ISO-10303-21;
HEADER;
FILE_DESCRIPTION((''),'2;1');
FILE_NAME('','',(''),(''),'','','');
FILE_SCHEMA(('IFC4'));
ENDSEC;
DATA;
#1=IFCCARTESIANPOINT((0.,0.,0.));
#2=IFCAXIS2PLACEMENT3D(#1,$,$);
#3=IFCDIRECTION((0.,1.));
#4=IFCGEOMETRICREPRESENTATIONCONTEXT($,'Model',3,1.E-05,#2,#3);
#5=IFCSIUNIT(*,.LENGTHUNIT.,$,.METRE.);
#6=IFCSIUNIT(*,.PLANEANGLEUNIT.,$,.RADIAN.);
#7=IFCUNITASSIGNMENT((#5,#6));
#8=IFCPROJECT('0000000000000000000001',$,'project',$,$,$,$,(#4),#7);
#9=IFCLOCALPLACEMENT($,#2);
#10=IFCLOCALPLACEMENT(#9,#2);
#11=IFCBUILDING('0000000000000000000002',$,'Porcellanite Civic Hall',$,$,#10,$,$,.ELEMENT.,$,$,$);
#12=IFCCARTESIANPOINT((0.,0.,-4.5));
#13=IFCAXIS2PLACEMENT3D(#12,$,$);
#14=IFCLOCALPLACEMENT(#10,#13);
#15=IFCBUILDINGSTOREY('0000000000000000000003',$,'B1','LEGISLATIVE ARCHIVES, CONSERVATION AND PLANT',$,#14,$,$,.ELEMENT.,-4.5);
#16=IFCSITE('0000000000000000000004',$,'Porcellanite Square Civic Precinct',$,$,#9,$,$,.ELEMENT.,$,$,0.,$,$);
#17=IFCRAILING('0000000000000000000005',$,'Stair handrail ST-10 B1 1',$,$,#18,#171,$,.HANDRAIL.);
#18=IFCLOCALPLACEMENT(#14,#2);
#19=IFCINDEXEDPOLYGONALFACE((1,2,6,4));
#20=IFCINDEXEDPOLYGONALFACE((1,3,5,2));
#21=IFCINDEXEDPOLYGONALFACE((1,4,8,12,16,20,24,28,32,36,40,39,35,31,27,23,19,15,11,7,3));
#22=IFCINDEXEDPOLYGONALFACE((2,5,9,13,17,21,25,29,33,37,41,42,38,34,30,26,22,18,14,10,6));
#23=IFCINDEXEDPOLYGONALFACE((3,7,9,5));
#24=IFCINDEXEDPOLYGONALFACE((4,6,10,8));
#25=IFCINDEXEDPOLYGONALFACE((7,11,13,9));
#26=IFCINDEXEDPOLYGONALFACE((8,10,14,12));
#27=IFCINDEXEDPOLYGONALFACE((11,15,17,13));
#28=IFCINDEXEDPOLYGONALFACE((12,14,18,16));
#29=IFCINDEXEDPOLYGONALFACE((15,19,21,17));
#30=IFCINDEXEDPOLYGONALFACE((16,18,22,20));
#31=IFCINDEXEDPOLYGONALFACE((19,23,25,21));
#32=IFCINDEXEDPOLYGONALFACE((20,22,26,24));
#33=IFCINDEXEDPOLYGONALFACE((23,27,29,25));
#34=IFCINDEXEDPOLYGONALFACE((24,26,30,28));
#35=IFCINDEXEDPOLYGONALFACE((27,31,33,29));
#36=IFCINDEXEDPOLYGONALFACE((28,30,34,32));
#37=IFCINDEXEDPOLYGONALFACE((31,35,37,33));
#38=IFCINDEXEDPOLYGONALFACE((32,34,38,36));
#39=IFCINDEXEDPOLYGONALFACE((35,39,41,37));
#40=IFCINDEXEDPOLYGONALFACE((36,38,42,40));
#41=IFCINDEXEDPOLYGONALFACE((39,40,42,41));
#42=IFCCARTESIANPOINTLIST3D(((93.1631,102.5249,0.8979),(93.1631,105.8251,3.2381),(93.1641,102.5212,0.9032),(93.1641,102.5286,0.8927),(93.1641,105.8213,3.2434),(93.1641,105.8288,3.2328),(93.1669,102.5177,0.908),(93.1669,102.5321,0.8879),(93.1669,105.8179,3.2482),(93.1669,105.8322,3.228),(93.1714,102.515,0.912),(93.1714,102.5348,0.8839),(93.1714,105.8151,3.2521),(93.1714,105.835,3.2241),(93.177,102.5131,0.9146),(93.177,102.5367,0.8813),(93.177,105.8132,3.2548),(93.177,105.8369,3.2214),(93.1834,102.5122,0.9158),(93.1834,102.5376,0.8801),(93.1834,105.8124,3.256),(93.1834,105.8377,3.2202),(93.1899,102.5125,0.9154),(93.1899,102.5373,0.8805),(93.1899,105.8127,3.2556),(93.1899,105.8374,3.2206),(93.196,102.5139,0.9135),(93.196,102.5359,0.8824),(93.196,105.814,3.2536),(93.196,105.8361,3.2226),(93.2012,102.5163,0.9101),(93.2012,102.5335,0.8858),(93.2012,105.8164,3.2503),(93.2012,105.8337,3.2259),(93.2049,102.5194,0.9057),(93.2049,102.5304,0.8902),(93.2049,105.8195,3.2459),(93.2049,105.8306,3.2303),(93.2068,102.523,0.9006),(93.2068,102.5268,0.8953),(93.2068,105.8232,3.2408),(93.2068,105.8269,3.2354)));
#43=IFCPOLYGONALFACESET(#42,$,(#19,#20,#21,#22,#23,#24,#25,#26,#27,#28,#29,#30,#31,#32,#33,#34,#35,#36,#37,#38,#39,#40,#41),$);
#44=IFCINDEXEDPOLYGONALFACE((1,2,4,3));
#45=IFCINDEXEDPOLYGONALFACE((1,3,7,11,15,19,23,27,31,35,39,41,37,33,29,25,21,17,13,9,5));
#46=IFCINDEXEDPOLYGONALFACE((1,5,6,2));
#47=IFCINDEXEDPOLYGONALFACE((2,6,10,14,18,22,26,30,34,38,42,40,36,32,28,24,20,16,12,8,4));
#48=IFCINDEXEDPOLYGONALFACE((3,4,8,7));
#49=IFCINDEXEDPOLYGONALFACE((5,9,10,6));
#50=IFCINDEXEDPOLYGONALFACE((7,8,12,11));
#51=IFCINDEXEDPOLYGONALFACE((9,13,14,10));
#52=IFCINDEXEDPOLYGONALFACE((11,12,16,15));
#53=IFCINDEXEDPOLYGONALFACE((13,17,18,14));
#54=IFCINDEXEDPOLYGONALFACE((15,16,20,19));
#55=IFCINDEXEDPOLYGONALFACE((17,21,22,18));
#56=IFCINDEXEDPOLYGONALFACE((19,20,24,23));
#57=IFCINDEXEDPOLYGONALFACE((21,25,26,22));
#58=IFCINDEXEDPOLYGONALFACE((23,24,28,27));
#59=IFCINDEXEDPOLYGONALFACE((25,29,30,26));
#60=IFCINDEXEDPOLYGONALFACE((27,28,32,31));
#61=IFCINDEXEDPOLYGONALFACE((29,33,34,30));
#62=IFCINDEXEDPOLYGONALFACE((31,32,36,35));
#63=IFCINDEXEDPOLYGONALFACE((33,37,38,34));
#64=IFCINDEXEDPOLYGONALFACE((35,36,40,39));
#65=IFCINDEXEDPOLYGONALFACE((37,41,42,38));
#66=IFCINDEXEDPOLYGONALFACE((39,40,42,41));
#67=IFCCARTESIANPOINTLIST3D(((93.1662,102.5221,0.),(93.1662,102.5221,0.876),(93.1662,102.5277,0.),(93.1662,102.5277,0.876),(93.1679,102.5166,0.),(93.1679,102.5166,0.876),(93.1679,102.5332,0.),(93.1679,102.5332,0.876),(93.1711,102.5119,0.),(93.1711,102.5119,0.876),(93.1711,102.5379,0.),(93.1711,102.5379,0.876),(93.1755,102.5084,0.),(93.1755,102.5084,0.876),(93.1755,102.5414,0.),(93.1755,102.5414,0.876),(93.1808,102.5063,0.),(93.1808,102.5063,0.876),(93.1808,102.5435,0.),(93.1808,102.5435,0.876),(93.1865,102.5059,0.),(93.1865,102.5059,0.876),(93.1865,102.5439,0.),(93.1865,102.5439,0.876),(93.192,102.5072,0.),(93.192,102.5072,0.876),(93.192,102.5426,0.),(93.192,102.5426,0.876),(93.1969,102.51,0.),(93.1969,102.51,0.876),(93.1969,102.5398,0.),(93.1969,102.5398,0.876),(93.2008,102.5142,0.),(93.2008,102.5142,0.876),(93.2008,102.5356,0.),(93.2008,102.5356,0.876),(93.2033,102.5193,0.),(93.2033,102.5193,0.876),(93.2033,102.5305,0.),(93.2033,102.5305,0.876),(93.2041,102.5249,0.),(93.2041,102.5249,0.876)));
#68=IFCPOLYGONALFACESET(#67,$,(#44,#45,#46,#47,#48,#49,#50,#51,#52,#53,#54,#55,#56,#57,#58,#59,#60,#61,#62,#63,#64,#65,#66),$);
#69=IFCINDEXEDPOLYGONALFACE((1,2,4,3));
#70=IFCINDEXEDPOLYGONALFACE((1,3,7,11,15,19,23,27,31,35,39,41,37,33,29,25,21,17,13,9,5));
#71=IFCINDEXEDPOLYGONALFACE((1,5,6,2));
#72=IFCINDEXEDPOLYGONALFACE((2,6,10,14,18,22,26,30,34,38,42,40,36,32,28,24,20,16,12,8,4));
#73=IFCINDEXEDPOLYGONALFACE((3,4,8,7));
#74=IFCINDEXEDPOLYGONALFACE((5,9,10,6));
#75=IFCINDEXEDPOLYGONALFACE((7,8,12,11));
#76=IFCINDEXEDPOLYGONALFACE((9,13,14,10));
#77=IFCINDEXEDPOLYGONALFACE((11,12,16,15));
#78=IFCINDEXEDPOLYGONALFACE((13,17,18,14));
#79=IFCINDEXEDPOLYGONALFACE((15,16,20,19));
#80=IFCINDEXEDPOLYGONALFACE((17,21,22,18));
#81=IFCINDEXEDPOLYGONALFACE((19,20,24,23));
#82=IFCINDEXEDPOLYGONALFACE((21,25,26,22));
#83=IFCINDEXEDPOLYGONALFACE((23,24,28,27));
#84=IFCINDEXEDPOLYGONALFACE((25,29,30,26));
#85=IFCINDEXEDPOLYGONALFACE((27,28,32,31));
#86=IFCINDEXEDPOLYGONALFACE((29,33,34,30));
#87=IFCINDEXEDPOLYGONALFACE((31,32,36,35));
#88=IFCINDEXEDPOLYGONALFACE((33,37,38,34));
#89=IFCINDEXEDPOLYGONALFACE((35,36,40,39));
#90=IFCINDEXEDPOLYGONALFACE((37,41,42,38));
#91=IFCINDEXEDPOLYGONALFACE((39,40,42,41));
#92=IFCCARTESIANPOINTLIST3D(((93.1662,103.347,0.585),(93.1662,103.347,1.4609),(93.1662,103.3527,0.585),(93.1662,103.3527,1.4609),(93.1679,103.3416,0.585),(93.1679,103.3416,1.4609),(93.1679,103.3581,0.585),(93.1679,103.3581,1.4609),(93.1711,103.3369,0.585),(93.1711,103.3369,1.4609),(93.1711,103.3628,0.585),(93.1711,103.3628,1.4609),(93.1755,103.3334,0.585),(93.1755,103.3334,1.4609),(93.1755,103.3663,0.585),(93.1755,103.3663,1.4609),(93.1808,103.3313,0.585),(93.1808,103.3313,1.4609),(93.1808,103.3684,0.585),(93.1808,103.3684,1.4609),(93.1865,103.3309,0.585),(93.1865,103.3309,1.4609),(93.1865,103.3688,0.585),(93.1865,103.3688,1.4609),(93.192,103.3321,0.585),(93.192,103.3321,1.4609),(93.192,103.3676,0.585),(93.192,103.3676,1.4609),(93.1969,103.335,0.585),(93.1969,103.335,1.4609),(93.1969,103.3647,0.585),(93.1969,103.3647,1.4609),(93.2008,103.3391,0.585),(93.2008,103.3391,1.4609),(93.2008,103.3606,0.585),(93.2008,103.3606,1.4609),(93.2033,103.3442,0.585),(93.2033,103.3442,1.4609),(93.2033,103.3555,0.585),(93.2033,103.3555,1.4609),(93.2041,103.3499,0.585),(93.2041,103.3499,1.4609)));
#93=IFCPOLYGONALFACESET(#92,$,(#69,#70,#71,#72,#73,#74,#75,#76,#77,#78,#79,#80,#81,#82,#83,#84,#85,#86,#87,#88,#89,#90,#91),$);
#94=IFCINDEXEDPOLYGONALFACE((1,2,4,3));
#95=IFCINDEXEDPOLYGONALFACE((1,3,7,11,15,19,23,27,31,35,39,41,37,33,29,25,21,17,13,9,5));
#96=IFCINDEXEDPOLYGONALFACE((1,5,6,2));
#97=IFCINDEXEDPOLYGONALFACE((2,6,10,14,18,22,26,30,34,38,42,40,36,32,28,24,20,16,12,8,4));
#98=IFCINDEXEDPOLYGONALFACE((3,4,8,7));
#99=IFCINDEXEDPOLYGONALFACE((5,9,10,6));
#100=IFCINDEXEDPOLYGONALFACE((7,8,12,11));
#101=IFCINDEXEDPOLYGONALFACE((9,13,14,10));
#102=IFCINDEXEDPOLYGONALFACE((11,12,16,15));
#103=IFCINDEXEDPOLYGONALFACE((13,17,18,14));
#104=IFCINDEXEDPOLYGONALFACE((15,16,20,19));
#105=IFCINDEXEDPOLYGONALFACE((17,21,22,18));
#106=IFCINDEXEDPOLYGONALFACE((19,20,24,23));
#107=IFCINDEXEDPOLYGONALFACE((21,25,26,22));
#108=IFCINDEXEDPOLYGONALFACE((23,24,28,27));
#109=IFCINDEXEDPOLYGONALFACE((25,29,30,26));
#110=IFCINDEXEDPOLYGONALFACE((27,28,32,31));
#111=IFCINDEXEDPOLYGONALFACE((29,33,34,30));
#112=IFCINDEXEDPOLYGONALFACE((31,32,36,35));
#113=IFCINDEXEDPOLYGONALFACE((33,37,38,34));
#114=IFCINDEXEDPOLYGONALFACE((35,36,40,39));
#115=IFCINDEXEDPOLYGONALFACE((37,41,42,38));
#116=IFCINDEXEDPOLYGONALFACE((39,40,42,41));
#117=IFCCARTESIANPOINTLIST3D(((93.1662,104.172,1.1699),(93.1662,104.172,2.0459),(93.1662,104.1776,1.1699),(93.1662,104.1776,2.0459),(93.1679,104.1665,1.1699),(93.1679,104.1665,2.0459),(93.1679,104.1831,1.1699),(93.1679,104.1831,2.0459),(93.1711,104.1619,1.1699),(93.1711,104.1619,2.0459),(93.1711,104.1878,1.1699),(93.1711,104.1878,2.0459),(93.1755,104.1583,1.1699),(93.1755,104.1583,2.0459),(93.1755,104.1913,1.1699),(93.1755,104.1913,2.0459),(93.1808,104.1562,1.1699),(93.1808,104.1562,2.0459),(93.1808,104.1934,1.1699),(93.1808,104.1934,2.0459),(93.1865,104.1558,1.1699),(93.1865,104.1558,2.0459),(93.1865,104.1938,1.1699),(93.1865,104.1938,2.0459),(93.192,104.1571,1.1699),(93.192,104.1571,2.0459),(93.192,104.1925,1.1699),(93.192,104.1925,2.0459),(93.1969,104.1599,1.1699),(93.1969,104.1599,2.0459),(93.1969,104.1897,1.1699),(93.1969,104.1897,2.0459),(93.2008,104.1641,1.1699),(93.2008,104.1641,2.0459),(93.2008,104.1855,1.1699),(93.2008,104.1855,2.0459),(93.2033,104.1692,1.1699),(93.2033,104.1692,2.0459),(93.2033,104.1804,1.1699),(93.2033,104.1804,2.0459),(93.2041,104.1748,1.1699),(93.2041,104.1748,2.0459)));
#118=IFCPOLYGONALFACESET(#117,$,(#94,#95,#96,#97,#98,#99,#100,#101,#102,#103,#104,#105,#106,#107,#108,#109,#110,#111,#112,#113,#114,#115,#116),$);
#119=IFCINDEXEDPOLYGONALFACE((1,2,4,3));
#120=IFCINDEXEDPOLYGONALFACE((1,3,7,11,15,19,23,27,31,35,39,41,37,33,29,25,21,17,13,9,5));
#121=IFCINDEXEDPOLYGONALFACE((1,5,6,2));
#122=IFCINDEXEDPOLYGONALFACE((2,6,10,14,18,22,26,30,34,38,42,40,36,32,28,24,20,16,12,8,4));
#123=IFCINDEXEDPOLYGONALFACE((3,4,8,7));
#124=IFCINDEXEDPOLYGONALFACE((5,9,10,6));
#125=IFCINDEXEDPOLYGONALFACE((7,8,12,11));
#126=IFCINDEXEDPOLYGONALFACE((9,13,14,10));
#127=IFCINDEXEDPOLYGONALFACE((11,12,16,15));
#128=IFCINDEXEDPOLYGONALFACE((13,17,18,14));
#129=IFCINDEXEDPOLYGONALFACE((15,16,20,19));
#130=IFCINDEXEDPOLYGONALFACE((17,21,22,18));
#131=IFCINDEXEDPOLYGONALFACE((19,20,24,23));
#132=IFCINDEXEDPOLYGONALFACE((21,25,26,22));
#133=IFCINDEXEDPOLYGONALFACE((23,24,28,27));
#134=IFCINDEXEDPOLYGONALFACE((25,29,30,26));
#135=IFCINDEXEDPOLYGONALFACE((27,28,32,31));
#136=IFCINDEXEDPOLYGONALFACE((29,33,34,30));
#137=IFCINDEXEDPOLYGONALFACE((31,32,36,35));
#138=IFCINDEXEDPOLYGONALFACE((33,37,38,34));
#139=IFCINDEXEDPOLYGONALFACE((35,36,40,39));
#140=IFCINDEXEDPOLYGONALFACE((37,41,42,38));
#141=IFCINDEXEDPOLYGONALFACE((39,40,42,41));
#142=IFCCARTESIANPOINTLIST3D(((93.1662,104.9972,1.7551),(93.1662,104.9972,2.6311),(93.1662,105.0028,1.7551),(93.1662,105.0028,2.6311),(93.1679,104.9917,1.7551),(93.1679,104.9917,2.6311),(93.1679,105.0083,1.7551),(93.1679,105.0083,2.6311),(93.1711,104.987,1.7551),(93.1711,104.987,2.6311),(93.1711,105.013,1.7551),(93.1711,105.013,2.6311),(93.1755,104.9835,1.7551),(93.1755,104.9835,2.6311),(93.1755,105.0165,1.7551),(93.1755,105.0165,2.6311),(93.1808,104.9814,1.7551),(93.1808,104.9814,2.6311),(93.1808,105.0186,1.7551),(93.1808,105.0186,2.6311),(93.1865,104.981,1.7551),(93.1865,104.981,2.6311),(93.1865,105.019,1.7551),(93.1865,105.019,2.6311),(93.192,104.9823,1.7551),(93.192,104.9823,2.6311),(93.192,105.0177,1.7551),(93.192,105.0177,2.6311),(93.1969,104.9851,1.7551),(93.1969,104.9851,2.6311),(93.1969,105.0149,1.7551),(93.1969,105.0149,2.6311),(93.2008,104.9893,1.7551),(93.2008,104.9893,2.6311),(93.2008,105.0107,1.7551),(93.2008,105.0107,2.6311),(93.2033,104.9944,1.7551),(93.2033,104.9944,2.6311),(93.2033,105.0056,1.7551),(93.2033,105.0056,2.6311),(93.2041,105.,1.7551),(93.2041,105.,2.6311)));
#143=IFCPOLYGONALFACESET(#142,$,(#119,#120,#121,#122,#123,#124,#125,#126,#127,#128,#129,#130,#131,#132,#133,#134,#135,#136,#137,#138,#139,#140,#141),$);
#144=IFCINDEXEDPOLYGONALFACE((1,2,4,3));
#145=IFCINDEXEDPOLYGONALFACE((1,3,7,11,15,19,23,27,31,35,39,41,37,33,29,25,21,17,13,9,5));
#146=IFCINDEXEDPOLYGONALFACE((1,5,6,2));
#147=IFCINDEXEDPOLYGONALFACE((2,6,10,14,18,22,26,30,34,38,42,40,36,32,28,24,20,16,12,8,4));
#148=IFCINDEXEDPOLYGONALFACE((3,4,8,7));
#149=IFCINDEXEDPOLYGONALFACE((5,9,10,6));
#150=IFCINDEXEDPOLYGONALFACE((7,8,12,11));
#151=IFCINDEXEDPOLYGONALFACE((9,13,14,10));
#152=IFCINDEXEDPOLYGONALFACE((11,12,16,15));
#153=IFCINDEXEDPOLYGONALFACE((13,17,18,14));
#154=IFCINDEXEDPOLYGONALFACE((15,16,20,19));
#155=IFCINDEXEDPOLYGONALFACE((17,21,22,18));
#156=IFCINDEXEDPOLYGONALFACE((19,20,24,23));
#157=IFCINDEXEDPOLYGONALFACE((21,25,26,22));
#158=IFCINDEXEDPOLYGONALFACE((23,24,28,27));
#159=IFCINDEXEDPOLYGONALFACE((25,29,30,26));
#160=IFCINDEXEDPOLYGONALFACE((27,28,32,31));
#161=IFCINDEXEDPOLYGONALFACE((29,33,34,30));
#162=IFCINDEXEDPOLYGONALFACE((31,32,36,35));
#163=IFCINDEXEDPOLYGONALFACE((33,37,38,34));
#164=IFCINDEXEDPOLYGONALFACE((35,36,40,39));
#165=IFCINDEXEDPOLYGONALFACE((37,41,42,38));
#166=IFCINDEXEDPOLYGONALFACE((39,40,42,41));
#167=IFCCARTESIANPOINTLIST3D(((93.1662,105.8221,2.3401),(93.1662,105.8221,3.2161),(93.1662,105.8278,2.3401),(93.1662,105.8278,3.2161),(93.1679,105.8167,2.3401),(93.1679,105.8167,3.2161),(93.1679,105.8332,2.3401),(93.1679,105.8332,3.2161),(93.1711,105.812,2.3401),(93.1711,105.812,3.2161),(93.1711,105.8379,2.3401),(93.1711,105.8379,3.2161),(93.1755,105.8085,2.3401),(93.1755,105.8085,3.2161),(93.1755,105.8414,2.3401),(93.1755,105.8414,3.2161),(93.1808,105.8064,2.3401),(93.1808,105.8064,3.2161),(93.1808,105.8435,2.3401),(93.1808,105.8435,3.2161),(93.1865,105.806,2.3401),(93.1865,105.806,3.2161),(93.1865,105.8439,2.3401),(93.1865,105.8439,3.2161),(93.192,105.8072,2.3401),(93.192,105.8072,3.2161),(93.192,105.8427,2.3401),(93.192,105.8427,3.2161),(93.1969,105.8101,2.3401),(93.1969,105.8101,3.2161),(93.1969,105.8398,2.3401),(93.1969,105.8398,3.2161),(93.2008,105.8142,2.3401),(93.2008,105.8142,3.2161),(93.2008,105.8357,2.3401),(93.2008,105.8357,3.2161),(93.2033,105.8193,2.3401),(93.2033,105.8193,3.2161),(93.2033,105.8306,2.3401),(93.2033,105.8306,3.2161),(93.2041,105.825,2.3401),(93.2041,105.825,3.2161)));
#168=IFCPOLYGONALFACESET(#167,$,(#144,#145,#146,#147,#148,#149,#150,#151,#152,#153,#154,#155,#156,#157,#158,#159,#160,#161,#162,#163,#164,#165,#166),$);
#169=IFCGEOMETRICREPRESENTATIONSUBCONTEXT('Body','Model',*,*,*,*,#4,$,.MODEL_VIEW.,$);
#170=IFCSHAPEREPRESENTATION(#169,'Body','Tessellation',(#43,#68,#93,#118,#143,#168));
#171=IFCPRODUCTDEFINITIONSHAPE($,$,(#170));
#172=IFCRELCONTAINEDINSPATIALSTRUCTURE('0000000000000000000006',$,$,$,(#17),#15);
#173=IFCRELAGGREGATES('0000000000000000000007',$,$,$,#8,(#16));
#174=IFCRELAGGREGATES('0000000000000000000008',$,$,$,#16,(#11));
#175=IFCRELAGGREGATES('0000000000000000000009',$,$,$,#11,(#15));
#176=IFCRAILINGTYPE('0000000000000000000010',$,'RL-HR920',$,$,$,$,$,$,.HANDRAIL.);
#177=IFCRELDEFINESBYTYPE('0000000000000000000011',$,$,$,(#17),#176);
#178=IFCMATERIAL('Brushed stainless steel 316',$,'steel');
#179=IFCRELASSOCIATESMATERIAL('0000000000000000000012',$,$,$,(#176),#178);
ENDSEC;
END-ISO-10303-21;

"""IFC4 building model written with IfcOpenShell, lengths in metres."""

from ifc_helpers import new_model, si_unit, direction, frame, origin, origin_2d, place, context, subcontext, project, spatial, circle, extrude, material, type_object, element, save


model = new_model("IFC4")

# Units and contexts
model_context = context("Model", 3, precision=1e-05, world=origin(), true_north=direction((0.0, 1.0)))
body_context = subcontext(model_context, "Body", "Model", "MODEL_VIEW")
ifc_project = project(units=[si_unit("LENGTHUNIT", "METRE"), si_unit("PLANEANGLEUNIT", "RADIAN")], contexts=[model_context])

# Site, building, storey
site_placement = place(None, origin())
site = spatial("IfcSite", under=ifc_project, at=site_placement, Name="Porcellanite Square Civic Precinct", CompositionType="ELEMENT", RefElevation=0.0)
building_placement = place(site_placement, origin())
building = spatial("IfcBuilding", under=site, at=building_placement, Name="Porcellanite Civic Hall", CompositionType="ELEMENT")
storey_placement = place(building_placement, frame((0.0, 0.0, -4.5)))
storey = spatial("IfcBuildingStorey", under=building, at=storey_placement, Name="B1", Description="LEGISLATIVE ARCHIVES, CONSERVATION AND PLANT", CompositionType="ELEMENT", Elevation=-4.5)

# Railing
ifc_material_1 = material(Name="Brushed stainless steel 316", Category="steel")
railing_type = type_object("IfcRailingType", Name="RL-HR920", PredefinedType="HANDRAIL", material=ifc_material_1)
railing_placement = place(storey_placement, frame((93.1851, 102.5249, 0.0)))
element("IfcRailing", 1, at=railing_placement, inside=storey, type_object=railing_type, Name="Stair handrail ST-10 B1 1", PredefinedType="HANDRAIL", context=body_context, shape_type="SweptSolid", body=[
    extrude(circle(Radius=0.022, at=origin_2d()), frame((0.0, 0.0, 0.8979), z_axis=(0.0, 0.815727, 0.578438), x_axis=(-1.0, 0.0, 0.0)), (0.0, 0.0, 1.0), 4.0457),
    extrude(circle(Radius=0.019, at=origin_2d()), origin(), (0.0, 0.0, 1.0), 0.876),
    extrude(circle(Radius=0.019, at=origin_2d()), frame((0.0, 0.825, 0.585)), (0.0, 0.0, 1.0), 0.876),
    extrude(circle(Radius=0.019, at=origin_2d()), frame((0.0, 1.6499, 1.1699)), (0.0, 0.0, 1.0), 0.876),
    extrude(circle(Radius=0.019, at=origin_2d()), frame((0.0, 2.4751, 1.7551)), (0.0, 0.0, 1.0), 0.876),
    extrude(circle(Radius=0.019, at=origin_2d()), frame((0.0, 3.3, 2.3401)), (0.0, 0.0, 1.0), 0.876),
])

save(model, "model.ifc")
